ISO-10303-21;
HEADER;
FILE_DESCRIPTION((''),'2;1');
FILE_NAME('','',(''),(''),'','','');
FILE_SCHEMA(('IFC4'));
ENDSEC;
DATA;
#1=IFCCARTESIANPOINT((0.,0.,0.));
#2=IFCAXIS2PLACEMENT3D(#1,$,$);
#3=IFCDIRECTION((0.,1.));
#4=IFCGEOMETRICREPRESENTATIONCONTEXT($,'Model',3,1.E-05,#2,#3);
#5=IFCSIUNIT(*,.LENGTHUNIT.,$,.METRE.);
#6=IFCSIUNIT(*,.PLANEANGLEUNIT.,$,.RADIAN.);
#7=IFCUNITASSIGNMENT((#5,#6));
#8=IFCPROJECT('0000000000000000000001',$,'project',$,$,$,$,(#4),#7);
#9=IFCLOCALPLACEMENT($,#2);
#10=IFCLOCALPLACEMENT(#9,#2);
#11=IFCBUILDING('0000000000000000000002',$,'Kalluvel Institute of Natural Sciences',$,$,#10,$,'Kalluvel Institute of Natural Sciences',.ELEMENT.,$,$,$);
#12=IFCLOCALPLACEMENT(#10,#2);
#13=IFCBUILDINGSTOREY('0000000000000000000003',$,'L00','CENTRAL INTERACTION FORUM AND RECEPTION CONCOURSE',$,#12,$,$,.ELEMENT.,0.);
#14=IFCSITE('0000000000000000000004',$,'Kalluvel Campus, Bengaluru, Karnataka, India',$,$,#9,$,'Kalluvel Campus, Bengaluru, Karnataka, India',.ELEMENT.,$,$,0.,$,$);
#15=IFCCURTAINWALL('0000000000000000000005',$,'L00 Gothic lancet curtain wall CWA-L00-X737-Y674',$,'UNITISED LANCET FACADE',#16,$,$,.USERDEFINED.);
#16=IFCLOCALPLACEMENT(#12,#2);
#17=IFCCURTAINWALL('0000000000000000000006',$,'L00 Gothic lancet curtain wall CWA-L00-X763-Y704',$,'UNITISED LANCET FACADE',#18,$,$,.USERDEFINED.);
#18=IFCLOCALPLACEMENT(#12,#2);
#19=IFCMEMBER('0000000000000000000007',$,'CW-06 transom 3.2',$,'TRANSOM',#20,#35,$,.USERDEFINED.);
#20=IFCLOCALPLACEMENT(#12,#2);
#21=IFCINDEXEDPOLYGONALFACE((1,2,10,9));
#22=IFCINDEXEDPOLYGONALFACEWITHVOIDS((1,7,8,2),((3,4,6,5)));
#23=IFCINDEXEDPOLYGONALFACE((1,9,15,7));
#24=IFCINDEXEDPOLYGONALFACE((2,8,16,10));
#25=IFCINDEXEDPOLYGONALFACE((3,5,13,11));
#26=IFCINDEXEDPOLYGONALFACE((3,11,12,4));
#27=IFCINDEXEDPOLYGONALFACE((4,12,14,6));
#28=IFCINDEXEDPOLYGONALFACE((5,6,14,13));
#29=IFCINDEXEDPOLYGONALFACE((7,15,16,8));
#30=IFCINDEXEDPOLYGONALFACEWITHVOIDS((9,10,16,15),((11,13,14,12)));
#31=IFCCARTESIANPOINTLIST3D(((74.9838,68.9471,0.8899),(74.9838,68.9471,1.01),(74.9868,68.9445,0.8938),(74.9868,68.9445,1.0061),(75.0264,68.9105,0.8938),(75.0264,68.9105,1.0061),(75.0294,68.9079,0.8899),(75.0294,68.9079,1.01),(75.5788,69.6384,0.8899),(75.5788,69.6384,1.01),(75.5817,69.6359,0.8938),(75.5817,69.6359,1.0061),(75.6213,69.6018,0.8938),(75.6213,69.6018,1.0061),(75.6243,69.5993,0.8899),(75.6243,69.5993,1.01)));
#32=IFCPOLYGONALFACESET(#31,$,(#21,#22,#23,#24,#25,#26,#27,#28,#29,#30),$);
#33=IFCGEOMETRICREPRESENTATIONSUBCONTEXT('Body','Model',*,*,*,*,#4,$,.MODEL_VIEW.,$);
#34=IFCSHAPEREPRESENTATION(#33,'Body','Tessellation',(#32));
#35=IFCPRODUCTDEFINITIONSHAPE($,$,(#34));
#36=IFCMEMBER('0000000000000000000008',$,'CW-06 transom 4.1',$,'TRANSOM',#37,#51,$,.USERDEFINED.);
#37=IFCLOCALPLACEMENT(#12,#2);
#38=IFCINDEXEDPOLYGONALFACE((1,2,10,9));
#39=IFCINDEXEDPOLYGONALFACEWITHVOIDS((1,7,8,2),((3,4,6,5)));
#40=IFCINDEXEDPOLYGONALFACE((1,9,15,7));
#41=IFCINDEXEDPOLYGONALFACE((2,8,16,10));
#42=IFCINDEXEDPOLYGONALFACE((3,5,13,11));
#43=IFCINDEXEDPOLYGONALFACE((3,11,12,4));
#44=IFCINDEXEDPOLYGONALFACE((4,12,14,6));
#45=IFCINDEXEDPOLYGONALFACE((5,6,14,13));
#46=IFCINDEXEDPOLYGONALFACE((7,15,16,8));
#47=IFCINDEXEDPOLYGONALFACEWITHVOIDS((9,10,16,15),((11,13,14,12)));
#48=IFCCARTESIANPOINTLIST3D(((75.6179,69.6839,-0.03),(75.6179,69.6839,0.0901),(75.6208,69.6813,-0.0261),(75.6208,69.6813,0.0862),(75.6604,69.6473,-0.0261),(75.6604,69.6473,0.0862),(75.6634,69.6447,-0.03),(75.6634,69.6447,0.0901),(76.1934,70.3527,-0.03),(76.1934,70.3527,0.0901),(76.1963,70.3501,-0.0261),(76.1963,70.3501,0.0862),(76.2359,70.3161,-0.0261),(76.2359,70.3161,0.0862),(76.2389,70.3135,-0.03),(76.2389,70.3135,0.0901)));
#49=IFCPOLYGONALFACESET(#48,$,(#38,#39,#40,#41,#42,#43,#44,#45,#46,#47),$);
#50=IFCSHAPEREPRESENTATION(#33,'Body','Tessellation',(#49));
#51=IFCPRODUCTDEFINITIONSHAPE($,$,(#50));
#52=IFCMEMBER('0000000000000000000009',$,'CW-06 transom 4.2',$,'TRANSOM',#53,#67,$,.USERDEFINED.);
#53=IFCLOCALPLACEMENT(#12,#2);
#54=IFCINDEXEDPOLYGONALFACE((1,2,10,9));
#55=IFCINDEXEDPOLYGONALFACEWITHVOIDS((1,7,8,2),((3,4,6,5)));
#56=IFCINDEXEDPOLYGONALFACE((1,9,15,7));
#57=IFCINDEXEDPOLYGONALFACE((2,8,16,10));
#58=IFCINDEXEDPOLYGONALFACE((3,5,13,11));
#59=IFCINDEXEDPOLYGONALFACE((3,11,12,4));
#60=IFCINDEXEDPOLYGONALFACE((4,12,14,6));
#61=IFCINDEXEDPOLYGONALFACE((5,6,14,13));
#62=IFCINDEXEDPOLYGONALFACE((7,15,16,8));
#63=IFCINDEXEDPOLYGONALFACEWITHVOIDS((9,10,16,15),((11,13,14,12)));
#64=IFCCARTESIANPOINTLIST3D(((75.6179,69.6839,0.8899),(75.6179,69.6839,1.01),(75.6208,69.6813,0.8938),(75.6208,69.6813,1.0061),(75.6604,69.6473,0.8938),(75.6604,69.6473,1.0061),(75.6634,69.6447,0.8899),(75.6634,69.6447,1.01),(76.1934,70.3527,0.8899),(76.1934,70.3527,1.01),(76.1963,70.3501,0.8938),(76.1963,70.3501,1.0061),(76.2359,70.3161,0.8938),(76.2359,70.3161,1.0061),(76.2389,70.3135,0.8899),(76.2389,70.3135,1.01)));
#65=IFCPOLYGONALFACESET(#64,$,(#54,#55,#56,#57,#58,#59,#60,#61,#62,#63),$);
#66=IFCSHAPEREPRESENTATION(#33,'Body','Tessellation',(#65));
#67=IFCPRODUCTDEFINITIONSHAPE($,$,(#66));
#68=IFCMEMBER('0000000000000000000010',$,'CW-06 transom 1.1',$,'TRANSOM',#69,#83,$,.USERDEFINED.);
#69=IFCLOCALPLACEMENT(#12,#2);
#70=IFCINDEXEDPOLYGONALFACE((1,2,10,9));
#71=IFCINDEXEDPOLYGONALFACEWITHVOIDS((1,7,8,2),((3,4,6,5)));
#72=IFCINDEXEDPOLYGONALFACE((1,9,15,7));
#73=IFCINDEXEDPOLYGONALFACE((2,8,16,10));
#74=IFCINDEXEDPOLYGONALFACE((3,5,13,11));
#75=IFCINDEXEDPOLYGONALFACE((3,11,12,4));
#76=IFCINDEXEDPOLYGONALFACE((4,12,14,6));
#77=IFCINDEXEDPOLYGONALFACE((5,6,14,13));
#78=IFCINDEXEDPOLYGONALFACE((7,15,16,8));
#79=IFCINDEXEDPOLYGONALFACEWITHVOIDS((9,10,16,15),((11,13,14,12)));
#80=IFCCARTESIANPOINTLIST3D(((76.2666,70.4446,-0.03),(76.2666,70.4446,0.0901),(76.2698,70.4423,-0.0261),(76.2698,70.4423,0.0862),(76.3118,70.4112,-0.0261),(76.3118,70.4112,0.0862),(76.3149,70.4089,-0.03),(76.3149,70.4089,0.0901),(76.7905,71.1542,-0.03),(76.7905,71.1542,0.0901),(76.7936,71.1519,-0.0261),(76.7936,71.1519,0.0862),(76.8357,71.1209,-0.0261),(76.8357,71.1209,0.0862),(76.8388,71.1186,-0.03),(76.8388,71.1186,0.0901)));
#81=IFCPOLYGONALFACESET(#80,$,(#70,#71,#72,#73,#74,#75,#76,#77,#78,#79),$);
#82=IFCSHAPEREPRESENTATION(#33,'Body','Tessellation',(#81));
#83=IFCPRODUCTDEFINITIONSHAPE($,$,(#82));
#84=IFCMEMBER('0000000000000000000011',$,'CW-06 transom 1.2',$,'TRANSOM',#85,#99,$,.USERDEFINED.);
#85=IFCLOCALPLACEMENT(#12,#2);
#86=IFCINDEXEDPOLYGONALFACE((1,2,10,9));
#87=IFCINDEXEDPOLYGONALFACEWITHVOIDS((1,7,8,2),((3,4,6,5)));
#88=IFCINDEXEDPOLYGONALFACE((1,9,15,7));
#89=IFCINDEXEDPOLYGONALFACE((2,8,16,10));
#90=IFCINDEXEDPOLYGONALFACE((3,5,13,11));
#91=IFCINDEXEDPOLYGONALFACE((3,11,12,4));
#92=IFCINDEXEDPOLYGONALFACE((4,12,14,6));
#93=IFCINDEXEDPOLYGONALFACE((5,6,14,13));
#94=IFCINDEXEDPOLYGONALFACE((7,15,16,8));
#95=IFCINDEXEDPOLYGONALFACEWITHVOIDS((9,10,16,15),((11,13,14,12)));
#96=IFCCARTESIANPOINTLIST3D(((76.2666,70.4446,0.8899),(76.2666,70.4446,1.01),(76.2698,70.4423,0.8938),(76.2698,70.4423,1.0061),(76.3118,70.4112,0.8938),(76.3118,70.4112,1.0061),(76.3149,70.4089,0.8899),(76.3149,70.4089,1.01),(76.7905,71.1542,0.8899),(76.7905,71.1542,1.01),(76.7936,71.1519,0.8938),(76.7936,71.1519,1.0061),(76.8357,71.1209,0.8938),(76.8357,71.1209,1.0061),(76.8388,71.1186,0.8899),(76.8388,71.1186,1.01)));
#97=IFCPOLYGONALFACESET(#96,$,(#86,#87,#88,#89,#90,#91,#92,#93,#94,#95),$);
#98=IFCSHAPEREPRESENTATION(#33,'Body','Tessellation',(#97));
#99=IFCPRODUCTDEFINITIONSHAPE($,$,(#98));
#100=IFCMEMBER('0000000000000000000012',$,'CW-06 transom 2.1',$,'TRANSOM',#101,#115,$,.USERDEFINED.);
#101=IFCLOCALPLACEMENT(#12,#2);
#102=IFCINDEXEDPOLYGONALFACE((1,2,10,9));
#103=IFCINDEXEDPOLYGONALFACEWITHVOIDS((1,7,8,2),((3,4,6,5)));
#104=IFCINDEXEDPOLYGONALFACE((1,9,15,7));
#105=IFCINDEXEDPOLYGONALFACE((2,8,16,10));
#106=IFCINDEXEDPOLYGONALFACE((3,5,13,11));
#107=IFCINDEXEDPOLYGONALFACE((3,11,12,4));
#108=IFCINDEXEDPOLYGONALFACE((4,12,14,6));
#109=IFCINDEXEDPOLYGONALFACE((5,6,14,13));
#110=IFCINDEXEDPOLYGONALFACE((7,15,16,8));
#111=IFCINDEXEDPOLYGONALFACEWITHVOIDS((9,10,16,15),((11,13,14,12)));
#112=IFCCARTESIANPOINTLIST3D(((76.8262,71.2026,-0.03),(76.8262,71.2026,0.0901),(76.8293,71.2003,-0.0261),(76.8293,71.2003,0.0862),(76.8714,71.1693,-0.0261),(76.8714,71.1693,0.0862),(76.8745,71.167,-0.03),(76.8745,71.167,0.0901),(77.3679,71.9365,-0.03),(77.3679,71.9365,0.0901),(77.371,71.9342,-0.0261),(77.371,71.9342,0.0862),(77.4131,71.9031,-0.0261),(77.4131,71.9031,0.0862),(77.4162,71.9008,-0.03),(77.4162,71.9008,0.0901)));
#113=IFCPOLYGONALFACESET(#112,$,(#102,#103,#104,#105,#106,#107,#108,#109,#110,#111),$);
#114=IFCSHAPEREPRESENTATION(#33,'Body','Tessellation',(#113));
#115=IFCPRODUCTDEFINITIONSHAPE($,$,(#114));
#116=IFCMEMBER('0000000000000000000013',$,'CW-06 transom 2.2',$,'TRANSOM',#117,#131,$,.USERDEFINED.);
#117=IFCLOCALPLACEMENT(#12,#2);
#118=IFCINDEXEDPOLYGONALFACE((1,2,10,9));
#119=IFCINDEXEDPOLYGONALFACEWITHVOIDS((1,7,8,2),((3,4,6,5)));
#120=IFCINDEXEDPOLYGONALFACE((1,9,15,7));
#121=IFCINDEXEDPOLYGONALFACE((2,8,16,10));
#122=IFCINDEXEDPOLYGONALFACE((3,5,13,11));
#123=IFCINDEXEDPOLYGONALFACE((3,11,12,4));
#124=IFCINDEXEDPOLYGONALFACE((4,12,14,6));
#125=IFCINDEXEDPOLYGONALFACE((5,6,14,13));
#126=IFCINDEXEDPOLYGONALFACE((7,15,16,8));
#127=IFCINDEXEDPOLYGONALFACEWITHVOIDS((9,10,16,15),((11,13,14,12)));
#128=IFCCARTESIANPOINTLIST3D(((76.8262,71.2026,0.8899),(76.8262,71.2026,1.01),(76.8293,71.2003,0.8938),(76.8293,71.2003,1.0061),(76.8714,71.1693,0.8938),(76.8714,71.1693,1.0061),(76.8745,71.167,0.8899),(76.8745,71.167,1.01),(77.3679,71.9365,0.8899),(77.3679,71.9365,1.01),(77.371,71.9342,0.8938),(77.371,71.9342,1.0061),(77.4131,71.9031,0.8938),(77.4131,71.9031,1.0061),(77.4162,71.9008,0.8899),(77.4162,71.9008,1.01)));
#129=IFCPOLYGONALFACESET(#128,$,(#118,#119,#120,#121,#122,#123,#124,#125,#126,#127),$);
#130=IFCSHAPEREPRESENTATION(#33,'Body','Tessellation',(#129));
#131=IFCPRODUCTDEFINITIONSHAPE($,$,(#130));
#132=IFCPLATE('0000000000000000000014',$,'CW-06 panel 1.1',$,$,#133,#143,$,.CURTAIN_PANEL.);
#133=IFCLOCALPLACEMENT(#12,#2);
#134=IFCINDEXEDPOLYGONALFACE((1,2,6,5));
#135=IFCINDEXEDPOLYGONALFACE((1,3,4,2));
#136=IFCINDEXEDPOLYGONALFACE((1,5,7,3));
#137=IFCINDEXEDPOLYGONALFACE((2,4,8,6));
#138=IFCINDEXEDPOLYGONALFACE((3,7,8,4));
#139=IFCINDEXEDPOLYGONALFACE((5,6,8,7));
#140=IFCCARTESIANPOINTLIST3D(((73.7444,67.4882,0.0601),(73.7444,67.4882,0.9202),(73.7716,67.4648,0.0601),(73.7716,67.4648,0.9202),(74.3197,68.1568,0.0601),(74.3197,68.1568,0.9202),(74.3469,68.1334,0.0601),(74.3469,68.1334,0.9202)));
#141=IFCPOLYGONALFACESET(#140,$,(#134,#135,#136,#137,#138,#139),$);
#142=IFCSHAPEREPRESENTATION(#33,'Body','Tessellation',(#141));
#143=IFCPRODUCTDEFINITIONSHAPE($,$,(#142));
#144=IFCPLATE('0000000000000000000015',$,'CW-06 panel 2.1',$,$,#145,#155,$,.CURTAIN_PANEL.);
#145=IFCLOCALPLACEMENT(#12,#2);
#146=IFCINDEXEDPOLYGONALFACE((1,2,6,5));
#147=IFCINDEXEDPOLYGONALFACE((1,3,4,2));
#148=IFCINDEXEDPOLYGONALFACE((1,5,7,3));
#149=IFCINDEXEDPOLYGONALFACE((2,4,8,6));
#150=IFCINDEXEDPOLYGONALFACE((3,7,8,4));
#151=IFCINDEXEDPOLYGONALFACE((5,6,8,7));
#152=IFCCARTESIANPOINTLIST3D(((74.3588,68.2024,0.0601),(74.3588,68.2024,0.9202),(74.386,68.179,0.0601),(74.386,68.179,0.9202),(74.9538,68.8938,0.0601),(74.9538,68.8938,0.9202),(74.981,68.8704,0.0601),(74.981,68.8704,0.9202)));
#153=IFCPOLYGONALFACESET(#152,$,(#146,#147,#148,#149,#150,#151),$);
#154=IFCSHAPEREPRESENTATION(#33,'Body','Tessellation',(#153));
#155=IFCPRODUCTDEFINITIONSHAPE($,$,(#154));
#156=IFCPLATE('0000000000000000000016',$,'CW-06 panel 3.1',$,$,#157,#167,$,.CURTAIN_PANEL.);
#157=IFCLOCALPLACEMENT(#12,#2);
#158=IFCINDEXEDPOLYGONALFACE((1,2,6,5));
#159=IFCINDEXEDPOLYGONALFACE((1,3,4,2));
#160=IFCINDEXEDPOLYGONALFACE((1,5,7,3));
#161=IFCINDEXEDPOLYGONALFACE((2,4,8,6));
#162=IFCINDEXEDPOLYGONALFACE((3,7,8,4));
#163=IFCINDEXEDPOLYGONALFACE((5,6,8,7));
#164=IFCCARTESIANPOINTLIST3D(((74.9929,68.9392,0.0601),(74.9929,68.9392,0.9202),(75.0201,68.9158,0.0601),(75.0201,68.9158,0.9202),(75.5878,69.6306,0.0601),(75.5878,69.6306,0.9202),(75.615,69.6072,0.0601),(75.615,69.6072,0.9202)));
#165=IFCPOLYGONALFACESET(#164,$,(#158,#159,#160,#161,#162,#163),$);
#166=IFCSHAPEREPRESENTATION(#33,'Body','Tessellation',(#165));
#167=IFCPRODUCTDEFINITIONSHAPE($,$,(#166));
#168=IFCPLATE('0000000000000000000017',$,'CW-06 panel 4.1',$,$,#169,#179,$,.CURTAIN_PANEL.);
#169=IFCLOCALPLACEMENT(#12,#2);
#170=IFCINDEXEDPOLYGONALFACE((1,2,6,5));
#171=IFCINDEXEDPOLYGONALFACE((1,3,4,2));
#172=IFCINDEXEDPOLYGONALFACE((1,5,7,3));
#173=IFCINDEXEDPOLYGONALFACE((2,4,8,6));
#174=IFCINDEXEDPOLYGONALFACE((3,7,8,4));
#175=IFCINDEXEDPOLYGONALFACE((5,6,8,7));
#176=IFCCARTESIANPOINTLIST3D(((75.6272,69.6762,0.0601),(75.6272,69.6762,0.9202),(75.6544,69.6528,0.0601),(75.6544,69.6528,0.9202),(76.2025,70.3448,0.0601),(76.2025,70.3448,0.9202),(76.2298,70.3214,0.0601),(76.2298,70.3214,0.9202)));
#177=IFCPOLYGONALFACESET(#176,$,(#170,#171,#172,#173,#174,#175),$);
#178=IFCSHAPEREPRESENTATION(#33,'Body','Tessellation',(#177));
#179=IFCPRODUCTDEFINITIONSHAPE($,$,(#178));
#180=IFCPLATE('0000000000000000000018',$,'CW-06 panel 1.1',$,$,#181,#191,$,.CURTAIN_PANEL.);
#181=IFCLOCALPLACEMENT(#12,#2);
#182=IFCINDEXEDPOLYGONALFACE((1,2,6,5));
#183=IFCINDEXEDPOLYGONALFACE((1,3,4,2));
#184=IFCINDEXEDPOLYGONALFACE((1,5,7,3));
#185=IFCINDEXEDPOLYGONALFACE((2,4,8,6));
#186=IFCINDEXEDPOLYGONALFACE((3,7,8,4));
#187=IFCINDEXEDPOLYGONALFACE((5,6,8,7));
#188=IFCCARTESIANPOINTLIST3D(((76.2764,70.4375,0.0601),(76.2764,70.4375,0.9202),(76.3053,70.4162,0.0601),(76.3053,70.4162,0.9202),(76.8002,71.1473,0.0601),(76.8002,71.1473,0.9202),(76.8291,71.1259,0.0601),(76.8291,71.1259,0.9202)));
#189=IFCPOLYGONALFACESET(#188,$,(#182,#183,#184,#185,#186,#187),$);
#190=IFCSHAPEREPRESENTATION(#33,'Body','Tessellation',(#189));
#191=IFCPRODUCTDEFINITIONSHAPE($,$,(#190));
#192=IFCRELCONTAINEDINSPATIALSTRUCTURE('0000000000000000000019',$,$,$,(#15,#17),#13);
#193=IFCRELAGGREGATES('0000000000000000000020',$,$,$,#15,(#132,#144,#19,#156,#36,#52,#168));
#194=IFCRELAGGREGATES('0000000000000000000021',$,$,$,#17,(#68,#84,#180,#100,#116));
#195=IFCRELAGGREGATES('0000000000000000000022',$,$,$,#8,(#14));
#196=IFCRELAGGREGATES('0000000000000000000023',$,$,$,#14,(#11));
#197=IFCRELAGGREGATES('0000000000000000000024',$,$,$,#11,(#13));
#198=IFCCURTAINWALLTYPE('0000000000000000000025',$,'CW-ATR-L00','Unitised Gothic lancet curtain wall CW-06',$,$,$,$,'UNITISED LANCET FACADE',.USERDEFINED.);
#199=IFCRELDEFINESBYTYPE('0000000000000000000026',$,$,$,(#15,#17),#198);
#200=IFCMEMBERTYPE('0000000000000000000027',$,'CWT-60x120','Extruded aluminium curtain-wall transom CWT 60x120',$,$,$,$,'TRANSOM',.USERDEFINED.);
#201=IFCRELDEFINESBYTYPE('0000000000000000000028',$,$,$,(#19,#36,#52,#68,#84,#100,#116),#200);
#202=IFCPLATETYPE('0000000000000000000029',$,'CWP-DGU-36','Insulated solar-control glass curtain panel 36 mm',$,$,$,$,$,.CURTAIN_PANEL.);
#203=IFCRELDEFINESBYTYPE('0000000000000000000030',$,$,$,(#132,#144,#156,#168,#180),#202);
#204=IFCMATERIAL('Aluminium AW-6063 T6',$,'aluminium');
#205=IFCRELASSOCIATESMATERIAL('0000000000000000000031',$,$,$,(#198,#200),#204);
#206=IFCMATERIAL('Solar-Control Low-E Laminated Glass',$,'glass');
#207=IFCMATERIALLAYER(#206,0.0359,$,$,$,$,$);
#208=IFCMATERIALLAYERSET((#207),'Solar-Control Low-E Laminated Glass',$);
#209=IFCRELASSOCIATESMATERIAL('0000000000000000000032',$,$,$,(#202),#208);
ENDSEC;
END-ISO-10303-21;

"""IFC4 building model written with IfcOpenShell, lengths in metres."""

from ifc_helpers import new_model, si_unit, direction, frame, origin, origin_2d, place, context, subcontext, project, spatial, rectangle, hollow_rectangle, extrude, material, layer, layer_set, material_profile, profile_set, type_object, element, aggregate, save


model = new_model("IFC4")

# Units and contexts
model_context = context("Model", 3, precision=1e-05, world=origin(), true_north=direction((0.0, 1.0)))
body_context = subcontext(model_context, "Body", "Model", "MODEL_VIEW")
ifc_project = project(units=[si_unit("LENGTHUNIT", "METRE"), si_unit("PLANEANGLEUNIT", "RADIAN")], contexts=[model_context])

# Site, building, storey
site_placement = place(None, origin())
site = spatial("IfcSite", under=ifc_project, at=site_placement, Name="Kalluvel Campus, Bengaluru, Karnataka, India", LongName="Kalluvel Campus, Bengaluru, Karnataka, India", CompositionType="ELEMENT", RefElevation=0.0)
building_placement = place(site_placement, origin())
building = spatial("IfcBuilding", under=site, at=building_placement, Name="Kalluvel Institute of Natural Sciences", LongName="Kalluvel Institute of Natural Sciences", CompositionType="ELEMENT")
storey_placement = place(building_placement, origin())
storey = spatial("IfcBuildingStorey", under=building, at=storey_placement, Name="L00", Description="CENTRAL INTERACTION FORUM AND RECEPTION CONCOURSE", CompositionType="ELEMENT", Elevation=0.0)

# Curtain walls
ifc_material_1 = material(Name="Aluminium AW-6063 T6", Category="aluminium")
curtain_wall_type = type_object("IfcCurtainWallType", Name="CW-ATR-L00", Description="Unitised Gothic lancet curtain wall CW-06", ElementType="UNITISED LANCET FACADE", PredefinedType="USERDEFINED", material=ifc_material_1)
curtain_wall_1_placement = place(storey_placement, origin())
curtain_wall_1 = element("IfcCurtainWall", 1, at=curtain_wall_1_placement, inside=storey, type_object=curtain_wall_type, Name="L00 Gothic lancet curtain wall CWA-L00-X737-Y674", ObjectType="UNITISED LANCET FACADE", PredefinedType="USERDEFINED")
curtain_wall_2_placement = place(storey_placement, origin())
curtain_wall_2 = element("IfcCurtainWall", 2, at=curtain_wall_2_placement, inside=storey, type_object=curtain_wall_type, Name="L00 Gothic lancet curtain wall CWA-L00-X763-Y704", ObjectType="UNITISED LANCET FACADE", PredefinedType="USERDEFINED")

# Members
ifc_material_profile_1 = material_profile(ifc_material_1, hollow_rectangle(XDim=0.0601, YDim=0.1201, WallThickness=0.0039, at=origin_2d()), Name="CWT 60x120")
ifc_profile_set_1 = profile_set([ifc_material_profile_1], Name="Aluminium AW-6063 T6")
member_type_1 = type_object("IfcMemberType", Name="CWT-60x120", Description="Extruded aluminium curtain-wall transom CWT 60x120", ElementType="TRANSOM", PredefinedType="USERDEFINED", material=ifc_profile_set_1)
member_1_placement = place(storey_placement, frame((75.0066, 68.9275, 0.95), z_axis=(0.652267, 0.757989, 0.0), x_axis=(-0.757989, 0.652267, 0.0)))
member_1 = element("IfcMember", 3, at=member_1_placement, type_object=member_type_1, Name="CW-06 transom 3.2", ObjectType="TRANSOM", PredefinedType="USERDEFINED", context=body_context, shape_type="SweptSolid", body=[
    extrude(hollow_rectangle(XDim=0.0601, YDim=0.1201, WallThickness=0.0039, at=origin_2d()), origin(), (0.0, 0.0, 1.0), 0.9121),
])
member_2_placement = place(storey_placement, frame((75.6406, 69.6643, 0.03), z_axis=(0.652271, 0.757985, 0.0), x_axis=(-0.757985, 0.652271, 0.0)))
member_2 = element("IfcMember", 4, at=member_2_placement, type_object=member_type_1, Name="CW-06 transom 4.1", ObjectType="TRANSOM", PredefinedType="USERDEFINED", context=body_context, shape_type="SweptSolid", body=[
    extrude(hollow_rectangle(XDim=0.0601, YDim=0.1201, WallThickness=0.0039, at=origin_2d()), origin(), (0.0, 0.0, 1.0), 0.8823),
])
member_3_placement = place(storey_placement, frame((75.6406, 69.6643, 0.95), z_axis=(0.652271, 0.757985, 0.0), x_axis=(-0.757985, 0.652271, 0.0)))
member_3 = element("IfcMember", 5, at=member_3_placement, type_object=member_type_1, Name="CW-06 transom 4.2", ObjectType="TRANSOM", PredefinedType="USERDEFINED", context=body_context, shape_type="SweptSolid", body=[
    extrude(hollow_rectangle(XDim=0.0601, YDim=0.1201, WallThickness=0.0039, at=origin_2d()), origin(), (0.0, 0.0, 1.0), 0.8823),
])
member_4_placement = place(storey_placement, frame((76.2908, 70.4268, 0.03), z_axis=(0.593916, 0.804527, 0.0), x_axis=(-0.804527, 0.593916, 0.0)))
member_4 = element("IfcMember", 6, at=member_4_placement, type_object=member_type_1, Name="CW-06 transom 1.1", ObjectType="TRANSOM", PredefinedType="USERDEFINED", context=body_context, shape_type="SweptSolid", body=[
    extrude(hollow_rectangle(XDim=0.0601, YDim=0.1201, WallThickness=0.0039, at=origin_2d()), origin(), (0.0, 0.0, 1.0), 0.8821),
])
member_5_placement = place(storey_placement, frame((76.2908, 70.4268, 0.95), z_axis=(0.593916, 0.804527, 0.0), x_axis=(-0.804527, 0.593916, 0.0)))
member_5 = element("IfcMember", 7, at=member_5_placement, type_object=member_type_1, Name="CW-06 transom 1.2", ObjectType="TRANSOM", PredefinedType="USERDEFINED", context=body_context, shape_type="SweptSolid", body=[
    extrude(hollow_rectangle(XDim=0.0601, YDim=0.1201, WallThickness=0.0039, at=origin_2d()), origin(), (0.0, 0.0, 1.0), 0.8821),
])
member_6_placement = place(storey_placement, frame((76.8503, 71.1848, 0.03), z_axis=(0.593902, 0.804538, 0.0), x_axis=(-0.804538, 0.593902, 0.0)))
member_6 = element("IfcMember", 8, at=member_6_placement, type_object=member_type_1, Name="CW-06 transom 2.1", ObjectType="TRANSOM", PredefinedType="USERDEFINED", context=body_context, shape_type="SweptSolid", body=[
    extrude(hollow_rectangle(XDim=0.0601, YDim=0.1201, WallThickness=0.0039, at=origin_2d()), origin(), (0.0, 0.0, 1.0), 0.9121),
])
member_7_placement = place(storey_placement, frame((76.8503, 71.1848, 0.95), z_axis=(0.593902, 0.804538, 0.0), x_axis=(-0.804538, 0.593902, 0.0)))
member_7 = element("IfcMember", 9, at=member_7_placement, type_object=member_type_1, Name="CW-06 transom 2.2", ObjectType="TRANSOM", PredefinedType="USERDEFINED", context=body_context, shape_type="SweptSolid", body=[
    extrude(hollow_rectangle(XDim=0.0601, YDim=0.1201, WallThickness=0.0039, at=origin_2d()), origin(), (0.0, 0.0, 1.0), 0.9121),
])

# Plates
ifc_material_2 = material(Name="Solar-Control Low-E Laminated Glass", Category="glass")
ifc_layer = layer(ifc_material_2, 0.0359)
ifc_layer_set = layer_set([ifc_layer], Name="Solar-Control Low-E Laminated Glass")
plate_type = type_object("IfcPlateType", Name="CWP-DGU-36", Description="Insulated solar-control glass curtain panel 36 mm", PredefinedType="CURTAIN_PANEL", material=ifc_layer_set)
plate_1_placement = place(storey_placement, frame((74.0457, 67.8108, 0.0601), z_axis=(0.0, 0.0, 1.0), x_axis=(0.652283, 0.757975, 0.0)))
plate_1 = element("IfcPlate", 10, at=plate_1_placement, type_object=plate_type, Name="CW-06 panel 1.1", PredefinedType="CURTAIN_PANEL", context=body_context, shape_type="SweptSolid", body=[
    extrude(rectangle(XDim=0.8821, YDim=0.0359, at=origin_2d()), origin(), (0.0, 0.0, 1.0), 0.8601),
])
plate_2_placement = place(storey_placement, frame((74.6699, 68.5364, 0.0601), z_axis=(0.0, 0.0, 1.0), x_axis=(0.652283, 0.757975, 0.0)))
plate_2 = element("IfcPlate", 11, at=plate_2_placement, type_object=plate_type, Name="CW-06 panel 2.1", PredefinedType="CURTAIN_PANEL", context=body_context, shape_type="SweptSolid", body=[
    extrude(rectangle(XDim=0.9121, YDim=0.0359, at=origin_2d()), origin(), (0.0, 0.0, 1.0), 0.8601),
])
plate_3_placement = place(storey_placement, frame((75.304, 69.2732, 0.0601), z_axis=(0.0, 0.0, 1.0), x_axis=(0.652283, 0.757975, 0.0)))
plate_3 = element("IfcPlate", 12, at=plate_3_placement, type_object=plate_type, Name="CW-06 panel 3.1", PredefinedType="CURTAIN_PANEL", context=body_context, shape_type="SweptSolid", body=[
    extrude(rectangle(XDim=0.9121, YDim=0.0359, at=origin_2d()), origin(), (0.0, 0.0, 1.0), 0.8601),
])
plate_4_placement = place(storey_placement, frame((75.9285, 69.9988, 0.0601), z_axis=(0.0, 0.0, 1.0), x_axis=(0.652283, 0.757975, 0.0)))
plate_4 = element("IfcPlate", 13, at=plate_4_placement, type_object=plate_type, Name="CW-06 panel 4.1", PredefinedType="CURTAIN_PANEL", context=body_context, shape_type="SweptSolid", body=[
    extrude(rectangle(XDim=0.8821, YDim=0.0359, at=origin_2d()), origin(), (0.0, 0.0, 1.0), 0.8601),
])
aggregate(curtain_wall_1, [plate_1, plate_2, member_1, plate_3, member_2, member_3, plate_4])
plate_5_placement = place(storey_placement, frame((76.5527, 70.7817, 0.0601), z_axis=(0.0, 0.0, 1.0), x_axis=(0.593815, 0.804602, 0.0)))
plate_5 = element("IfcPlate", 14, at=plate_5_placement, type_object=plate_type, Name="CW-06 panel 1.1", PredefinedType="CURTAIN_PANEL", context=body_context, shape_type="SweptSolid", body=[
    extrude(rectangle(XDim=0.8821, YDim=0.0359, at=origin_2d()), origin(), (0.0, 0.0, 1.0), 0.8601),
])
aggregate(curtain_wall_2, [member_4, member_5, plate_5, member_6, member_7])

save(model, "model.ifc")
